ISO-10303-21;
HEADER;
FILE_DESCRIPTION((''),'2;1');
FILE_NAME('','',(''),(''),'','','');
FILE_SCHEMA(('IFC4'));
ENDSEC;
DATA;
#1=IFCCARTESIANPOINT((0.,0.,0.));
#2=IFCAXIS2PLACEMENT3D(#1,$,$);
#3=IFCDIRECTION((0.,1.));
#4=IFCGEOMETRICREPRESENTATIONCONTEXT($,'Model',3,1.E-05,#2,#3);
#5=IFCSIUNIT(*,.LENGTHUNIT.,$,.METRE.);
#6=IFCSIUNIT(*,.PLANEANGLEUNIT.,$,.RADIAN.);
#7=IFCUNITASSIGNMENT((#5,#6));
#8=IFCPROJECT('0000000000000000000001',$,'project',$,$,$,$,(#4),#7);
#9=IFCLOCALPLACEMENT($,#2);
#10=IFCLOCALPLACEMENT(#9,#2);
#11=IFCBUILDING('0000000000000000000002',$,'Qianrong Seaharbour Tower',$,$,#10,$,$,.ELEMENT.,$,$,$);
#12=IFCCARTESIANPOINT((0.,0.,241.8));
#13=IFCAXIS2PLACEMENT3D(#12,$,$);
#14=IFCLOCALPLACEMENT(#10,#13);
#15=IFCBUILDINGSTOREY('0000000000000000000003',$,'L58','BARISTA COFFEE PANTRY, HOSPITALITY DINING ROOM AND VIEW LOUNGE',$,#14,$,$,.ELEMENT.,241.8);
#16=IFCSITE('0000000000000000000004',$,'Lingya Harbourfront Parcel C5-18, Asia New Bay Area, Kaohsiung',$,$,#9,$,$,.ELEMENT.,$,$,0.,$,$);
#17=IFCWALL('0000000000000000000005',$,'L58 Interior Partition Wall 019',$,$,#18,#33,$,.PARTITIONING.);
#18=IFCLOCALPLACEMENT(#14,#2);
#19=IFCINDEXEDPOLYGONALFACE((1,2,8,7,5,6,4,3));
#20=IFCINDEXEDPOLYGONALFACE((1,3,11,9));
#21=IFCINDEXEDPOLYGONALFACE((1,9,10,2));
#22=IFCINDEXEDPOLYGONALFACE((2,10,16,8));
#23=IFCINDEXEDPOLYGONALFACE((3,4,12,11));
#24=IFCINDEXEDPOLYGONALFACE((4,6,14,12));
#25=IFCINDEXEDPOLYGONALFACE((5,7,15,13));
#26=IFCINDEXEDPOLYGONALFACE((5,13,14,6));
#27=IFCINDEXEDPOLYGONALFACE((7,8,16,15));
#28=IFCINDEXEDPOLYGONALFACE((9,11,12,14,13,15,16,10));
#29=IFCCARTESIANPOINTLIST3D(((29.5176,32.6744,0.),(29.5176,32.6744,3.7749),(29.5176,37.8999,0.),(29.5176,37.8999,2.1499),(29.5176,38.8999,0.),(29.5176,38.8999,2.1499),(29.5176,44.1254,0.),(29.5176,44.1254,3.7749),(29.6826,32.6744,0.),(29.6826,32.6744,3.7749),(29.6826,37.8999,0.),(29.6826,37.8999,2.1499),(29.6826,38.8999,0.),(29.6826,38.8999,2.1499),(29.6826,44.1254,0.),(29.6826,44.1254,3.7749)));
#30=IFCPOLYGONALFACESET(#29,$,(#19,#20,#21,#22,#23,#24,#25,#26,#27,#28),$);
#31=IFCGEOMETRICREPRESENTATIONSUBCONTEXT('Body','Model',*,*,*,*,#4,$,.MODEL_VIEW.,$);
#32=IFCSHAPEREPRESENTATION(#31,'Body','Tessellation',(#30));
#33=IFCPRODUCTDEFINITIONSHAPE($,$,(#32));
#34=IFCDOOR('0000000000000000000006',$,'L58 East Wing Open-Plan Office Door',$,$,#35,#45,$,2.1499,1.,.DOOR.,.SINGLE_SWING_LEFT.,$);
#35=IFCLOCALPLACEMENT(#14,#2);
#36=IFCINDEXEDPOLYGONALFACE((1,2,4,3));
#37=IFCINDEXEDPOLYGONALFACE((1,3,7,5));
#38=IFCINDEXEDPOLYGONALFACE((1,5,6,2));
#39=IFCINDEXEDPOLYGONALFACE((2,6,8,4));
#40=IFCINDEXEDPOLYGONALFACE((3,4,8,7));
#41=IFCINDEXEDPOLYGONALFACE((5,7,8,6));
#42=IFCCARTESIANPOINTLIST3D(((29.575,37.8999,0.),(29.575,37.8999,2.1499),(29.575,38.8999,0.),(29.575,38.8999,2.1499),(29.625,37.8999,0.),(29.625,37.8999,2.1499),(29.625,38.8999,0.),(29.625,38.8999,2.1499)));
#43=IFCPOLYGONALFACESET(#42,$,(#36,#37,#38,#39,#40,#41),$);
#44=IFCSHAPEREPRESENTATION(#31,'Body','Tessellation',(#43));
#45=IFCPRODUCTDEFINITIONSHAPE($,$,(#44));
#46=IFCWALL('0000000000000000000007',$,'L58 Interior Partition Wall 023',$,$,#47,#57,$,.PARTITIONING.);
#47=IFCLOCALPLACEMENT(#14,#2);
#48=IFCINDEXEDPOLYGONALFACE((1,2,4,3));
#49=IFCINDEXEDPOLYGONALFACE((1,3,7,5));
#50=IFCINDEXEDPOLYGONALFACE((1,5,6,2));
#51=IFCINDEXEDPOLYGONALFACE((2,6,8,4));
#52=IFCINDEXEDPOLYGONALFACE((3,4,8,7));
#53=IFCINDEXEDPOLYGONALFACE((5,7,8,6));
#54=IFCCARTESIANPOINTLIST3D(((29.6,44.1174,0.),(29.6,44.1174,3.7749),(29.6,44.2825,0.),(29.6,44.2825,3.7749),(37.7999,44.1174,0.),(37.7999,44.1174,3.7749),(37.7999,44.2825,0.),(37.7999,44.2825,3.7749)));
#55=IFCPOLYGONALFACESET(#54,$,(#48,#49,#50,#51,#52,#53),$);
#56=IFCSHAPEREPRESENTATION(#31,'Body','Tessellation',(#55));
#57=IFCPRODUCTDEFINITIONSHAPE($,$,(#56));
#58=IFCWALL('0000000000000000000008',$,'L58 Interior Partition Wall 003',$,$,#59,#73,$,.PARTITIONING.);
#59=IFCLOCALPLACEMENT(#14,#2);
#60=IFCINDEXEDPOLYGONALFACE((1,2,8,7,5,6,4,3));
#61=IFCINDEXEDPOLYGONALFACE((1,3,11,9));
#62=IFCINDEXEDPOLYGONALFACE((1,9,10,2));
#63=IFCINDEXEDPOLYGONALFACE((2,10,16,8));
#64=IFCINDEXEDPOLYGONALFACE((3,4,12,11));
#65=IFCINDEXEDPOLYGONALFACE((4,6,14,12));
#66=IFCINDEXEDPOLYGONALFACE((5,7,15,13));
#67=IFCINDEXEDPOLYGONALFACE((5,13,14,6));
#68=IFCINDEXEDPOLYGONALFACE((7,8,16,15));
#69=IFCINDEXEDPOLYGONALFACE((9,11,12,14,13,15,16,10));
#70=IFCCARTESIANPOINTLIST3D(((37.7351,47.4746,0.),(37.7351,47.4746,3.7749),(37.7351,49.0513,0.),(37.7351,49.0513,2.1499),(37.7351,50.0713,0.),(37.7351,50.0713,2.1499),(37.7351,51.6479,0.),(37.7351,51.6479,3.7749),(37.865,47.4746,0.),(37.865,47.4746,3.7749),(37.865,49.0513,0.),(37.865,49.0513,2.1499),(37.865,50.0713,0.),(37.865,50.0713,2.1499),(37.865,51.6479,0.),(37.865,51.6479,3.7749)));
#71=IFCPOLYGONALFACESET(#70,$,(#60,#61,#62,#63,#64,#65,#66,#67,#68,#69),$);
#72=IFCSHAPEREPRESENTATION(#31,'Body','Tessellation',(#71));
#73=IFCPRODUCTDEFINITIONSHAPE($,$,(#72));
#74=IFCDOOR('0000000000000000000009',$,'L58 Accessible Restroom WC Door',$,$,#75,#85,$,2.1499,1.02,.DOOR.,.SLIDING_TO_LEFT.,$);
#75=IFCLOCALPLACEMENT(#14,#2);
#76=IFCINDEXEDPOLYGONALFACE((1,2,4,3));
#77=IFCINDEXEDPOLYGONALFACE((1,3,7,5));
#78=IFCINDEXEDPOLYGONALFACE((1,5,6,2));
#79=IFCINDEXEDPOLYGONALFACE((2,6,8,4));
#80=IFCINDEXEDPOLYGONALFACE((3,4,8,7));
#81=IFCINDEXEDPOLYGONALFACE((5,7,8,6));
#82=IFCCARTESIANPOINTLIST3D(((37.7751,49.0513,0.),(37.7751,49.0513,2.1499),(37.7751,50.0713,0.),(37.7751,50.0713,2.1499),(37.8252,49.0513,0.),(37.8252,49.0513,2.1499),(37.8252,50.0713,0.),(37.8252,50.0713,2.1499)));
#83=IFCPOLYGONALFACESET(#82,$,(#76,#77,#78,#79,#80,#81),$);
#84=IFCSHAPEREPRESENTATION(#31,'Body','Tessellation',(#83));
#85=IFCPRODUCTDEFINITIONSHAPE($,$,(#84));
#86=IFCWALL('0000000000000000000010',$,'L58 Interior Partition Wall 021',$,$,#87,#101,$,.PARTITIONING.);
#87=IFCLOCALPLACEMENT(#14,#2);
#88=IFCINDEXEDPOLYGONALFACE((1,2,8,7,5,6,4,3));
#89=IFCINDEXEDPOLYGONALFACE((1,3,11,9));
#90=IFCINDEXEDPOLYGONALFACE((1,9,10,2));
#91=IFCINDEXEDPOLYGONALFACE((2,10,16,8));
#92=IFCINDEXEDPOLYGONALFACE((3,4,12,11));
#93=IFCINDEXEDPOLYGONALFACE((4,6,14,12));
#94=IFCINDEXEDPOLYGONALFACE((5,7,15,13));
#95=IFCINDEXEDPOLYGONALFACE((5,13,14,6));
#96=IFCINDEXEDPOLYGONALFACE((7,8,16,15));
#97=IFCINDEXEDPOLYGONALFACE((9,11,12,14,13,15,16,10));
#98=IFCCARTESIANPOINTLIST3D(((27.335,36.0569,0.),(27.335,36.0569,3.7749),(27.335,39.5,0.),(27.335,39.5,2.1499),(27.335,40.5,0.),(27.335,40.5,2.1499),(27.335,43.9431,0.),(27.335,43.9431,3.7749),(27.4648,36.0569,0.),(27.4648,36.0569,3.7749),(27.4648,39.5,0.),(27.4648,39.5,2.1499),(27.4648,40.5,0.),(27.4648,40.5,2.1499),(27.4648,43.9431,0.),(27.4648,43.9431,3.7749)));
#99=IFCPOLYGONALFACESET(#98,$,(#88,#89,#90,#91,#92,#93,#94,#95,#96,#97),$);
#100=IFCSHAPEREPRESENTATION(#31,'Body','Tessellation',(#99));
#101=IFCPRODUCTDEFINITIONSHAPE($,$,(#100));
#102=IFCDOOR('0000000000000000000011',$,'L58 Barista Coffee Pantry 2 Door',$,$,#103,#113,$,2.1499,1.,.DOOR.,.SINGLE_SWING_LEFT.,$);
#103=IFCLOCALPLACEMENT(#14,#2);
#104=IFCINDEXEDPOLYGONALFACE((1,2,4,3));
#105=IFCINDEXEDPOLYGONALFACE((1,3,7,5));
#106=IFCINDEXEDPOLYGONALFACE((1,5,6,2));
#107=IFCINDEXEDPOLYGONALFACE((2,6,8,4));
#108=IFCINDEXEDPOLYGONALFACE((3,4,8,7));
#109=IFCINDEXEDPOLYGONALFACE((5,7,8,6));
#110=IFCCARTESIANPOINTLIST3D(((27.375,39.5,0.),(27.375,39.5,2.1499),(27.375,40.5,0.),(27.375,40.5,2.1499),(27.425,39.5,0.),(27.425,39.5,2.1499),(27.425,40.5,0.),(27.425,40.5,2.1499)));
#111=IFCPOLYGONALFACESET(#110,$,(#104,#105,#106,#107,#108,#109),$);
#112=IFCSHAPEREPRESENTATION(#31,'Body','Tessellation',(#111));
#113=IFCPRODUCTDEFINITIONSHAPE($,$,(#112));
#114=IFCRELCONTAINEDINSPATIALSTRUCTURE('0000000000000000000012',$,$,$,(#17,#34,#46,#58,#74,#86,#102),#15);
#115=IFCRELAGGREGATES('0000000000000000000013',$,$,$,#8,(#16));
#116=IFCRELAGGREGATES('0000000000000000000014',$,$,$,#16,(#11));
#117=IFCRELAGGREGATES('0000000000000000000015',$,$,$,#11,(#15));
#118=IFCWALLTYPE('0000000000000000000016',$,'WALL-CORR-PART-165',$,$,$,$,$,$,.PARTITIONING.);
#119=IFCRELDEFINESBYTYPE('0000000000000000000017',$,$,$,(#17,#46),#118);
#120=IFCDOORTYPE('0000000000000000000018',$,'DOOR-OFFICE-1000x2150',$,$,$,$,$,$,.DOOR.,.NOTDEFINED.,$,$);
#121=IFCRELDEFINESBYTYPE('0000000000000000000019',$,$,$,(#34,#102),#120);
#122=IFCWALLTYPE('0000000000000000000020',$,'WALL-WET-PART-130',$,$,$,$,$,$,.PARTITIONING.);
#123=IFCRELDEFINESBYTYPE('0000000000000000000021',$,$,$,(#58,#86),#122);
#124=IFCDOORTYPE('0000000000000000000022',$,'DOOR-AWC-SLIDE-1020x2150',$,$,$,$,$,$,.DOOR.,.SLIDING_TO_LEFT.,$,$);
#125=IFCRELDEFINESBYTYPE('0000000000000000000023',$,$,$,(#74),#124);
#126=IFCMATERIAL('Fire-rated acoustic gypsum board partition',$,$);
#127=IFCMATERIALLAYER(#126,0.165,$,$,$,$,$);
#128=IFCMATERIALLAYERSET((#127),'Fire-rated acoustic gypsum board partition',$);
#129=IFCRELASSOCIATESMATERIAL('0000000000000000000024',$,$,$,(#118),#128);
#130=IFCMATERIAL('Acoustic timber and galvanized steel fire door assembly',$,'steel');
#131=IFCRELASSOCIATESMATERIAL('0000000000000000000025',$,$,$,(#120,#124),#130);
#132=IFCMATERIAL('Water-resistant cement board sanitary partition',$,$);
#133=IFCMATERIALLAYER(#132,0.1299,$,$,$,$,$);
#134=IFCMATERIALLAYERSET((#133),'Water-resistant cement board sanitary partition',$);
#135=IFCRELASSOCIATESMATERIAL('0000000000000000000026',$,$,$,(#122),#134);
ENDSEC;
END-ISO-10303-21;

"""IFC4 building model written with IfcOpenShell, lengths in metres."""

from ifc_helpers import new_model, si_unit, direction, frame, frame_2d, origin, place, context, subcontext, project, spatial, rectangle, extrude, material, layer, layer_set, type_object, element, fill, save


model = new_model("IFC4")

# Units and contexts
model_context = context("Model", 3, precision=1e-05, world=origin(), true_north=direction((0.0, 1.0)))
body_context = subcontext(model_context, "Body", "Model", "MODEL_VIEW")
ifc_project = project(units=[si_unit("LENGTHUNIT", "METRE"), si_unit("PLANEANGLEUNIT", "RADIAN")], contexts=[model_context])

# Site, building, storey
site_placement = place(None, origin())
site = spatial("IfcSite", under=ifc_project, at=site_placement, Name="Lingya Harbourfront Parcel C5-18, Asia New Bay Area, Kaohsiung", CompositionType="ELEMENT", RefElevation=0.0)
building_placement = place(site_placement, origin())
building = spatial("IfcBuilding", under=site, at=building_placement, Name="Qianrong Seaharbour Tower", CompositionType="ELEMENT")
storey_placement = place(building_placement, frame((0.0, 0.0, 241.8)))
storey = spatial("IfcBuildingStorey", under=building, at=storey_placement, Name="L58", Description="BARISTA COFFEE PANTRY, HOSPITALITY DINING ROOM AND VIEW LOUNGE", CompositionType="ELEMENT", Elevation=241.8)

# Wall, opening, door
ifc_material_1 = material(Name="Fire-rated acoustic gypsum board partition")
ifc_layer_1 = layer(ifc_material_1, 0.165)
ifc_layer_set_1 = layer_set([ifc_layer_1], Name="Fire-rated acoustic gypsum board partition")
wall_type_1 = type_object("IfcWallType", Name="WALL-CORR-PART-165", PredefinedType="PARTITIONING", material=ifc_layer_set_1)
ifc_material_2 = material(Name="Acoustic timber and galvanized steel fire door assembly", Category="steel")
wall_1_placement = place(storey_placement, frame((29.6001, 44.1255, 0.0), z_axis=(0.0, 0.0, 1.0), x_axis=(0.0, -1.0, 0.0)))
wall_1 = element("IfcWall", 1, at=wall_1_placement, inside=storey, type_object=wall_type_1, Name="L58 Interior Partition Wall 019", PredefinedType="PARTITIONING", context=body_context, shape_type="SweptSolid", body=[
    extrude(rectangle(XDim=11.4509, YDim=0.165, at=frame_2d((5.7256, 0.0))), origin(), (0.0, 0.0, 1.0), 3.7749),
])
opening_1_placement = place(wall_1_placement, frame((5.2256, 0.0, 0.0)))
opening_1 = element("IfcOpeningElement", 2, at=opening_1_placement, cuts=wall_1, PredefinedType="OPENING", context=body_context, shape_type="SweptSolid", body=[
    extrude(rectangle(XDim=1.0, YDim=2.1499, at=frame_2d((0.5, 1.075))), frame((0.0, 0.0925, 0.0), z_axis=(0.0, -1.0, 0.0), x_axis=(1.0, 0.0, 0.0)), (0.0, 0.0, 1.0), 0.1851),
])
door_type_1 = type_object("IfcDoorType", Name="DOOR-OFFICE-1000x2150", OperationType="NOTDEFINED", PredefinedType="DOOR", material=ifc_material_2)
door_1_placement = place(opening_1_placement, origin())
door_1 = element("IfcDoor", 3, at=door_1_placement, inside=storey, type_object=door_type_1, Name="L58 East Wing Open-Plan Office Door", OperationType="SINGLE_SWING_LEFT", OverallHeight=2.1499, OverallWidth=1.0, PredefinedType="DOOR", context=body_context, shape_type="SweptSolid", body=[
    extrude(rectangle(XDim=1.0, YDim=2.1499, at=frame_2d((0.5, 1.075))), frame((0.0, 0.0249, 0.0), z_axis=(0.0, -1.0, 0.0), x_axis=(1.0, 0.0, 0.0)), (0.0, 0.0, 1.0), 0.05),
])
fill(opening_1, door_1)

# Wall
wall_2_placement = place(storey_placement, frame((37.8, 44.2, 0.0), z_axis=(0.0, 0.0, 1.0), x_axis=(-1.0, 0.0, 0.0)))
element("IfcWall", 4, at=wall_2_placement, inside=storey, type_object=wall_type_1, Name="L58 Interior Partition Wall 023", PredefinedType="PARTITIONING", context=body_context, shape_type="SweptSolid", body=[
    extrude(rectangle(XDim=8.2, YDim=0.165, at=frame_2d((4.1001, 0.0))), origin(), (0.0, 0.0, 1.0), 3.7749),
])

# Walls, openings, doors
ifc_material_3 = material(Name="Water-resistant cement board sanitary partition")
ifc_layer_2 = layer(ifc_material_3, 0.1299)
ifc_layer_set_2 = layer_set([ifc_layer_2], Name="Water-resistant cement board sanitary partition")
wall_type_2 = type_object("IfcWallType", Name="WALL-WET-PART-130", PredefinedType="PARTITIONING", material=ifc_layer_set_2)
wall_3_placement = place(storey_placement, frame((37.8, 47.4746, 0.0), z_axis=(0.0, 0.0, 1.0), x_axis=(0.0, 1.0, 0.0)))
wall_3 = element("IfcWall", 5, at=wall_3_placement, inside=storey, type_object=wall_type_2, Name="L58 Interior Partition Wall 003", PredefinedType="PARTITIONING", context=body_context, shape_type="SweptSolid", body=[
    extrude(rectangle(XDim=4.1733, YDim=0.1299, at=frame_2d((2.0867, 0.0))), origin(), (0.0, 0.0, 1.0), 3.7749),
])
opening_2_placement = place(wall_3_placement, frame((1.5767, 0.0, 0.0)))
opening_2 = element("IfcOpeningElement", 6, at=opening_2_placement, cuts=wall_3, PredefinedType="OPENING", context=body_context, shape_type="SweptSolid", body=[
    extrude(rectangle(XDim=1.02, YDim=2.1499, at=frame_2d((0.51, 1.075))), frame((0.0, 0.075, 0.0), z_axis=(0.0, -1.0, 0.0), x_axis=(1.0, 0.0, 0.0)), (0.0, 0.0, 1.0), 0.1499),
])
door_type_2 = type_object("IfcDoorType", Name="DOOR-AWC-SLIDE-1020x2150", OperationType="SLIDING_TO_LEFT", PredefinedType="DOOR", material=ifc_material_2)
door_2_placement = place(opening_2_placement, origin())
door_2 = element("IfcDoor", 7, at=door_2_placement, inside=storey, type_object=door_type_2, Name="L58 Accessible Restroom WC Door", OperationType="SLIDING_TO_LEFT", OverallHeight=2.1499, OverallWidth=1.02, PredefinedType="DOOR", context=body_context, shape_type="SweptSolid", body=[
    extrude(rectangle(XDim=1.02, YDim=2.1499, at=frame_2d((0.51, 1.075))), frame((0.0, 0.0249, 0.0), z_axis=(0.0, -1.0, 0.0), x_axis=(1.0, 0.0, 0.0)), (0.0, 0.0, 1.0), 0.05),
])
fill(opening_2, door_2)
wall_4_placement = place(storey_placement, frame((27.3999, 36.0569, 0.0), z_axis=(0.0, 0.0, 1.0), x_axis=(0.0, 1.0, 0.0)))
wall_4 = element("IfcWall", 8, at=wall_4_placement, inside=storey, type_object=wall_type_2, Name="L58 Interior Partition Wall 021", PredefinedType="PARTITIONING", context=body_context, shape_type="SweptSolid", body=[
    extrude(rectangle(XDim=7.8862, YDim=0.1299, at=frame_2d((3.9431, 0.0))), origin(), (0.0, 0.0, 1.0), 3.7749),
])
opening_3_placement = place(wall_4_placement, frame((3.4431, 0.0, 0.0)))
opening_3 = element("IfcOpeningElement", 9, at=opening_3_placement, cuts=wall_4, PredefinedType="OPENING", context=body_context, shape_type="SweptSolid", body=[
    extrude(rectangle(XDim=1.0, YDim=2.1499, at=frame_2d((0.5, 1.075))), frame((0.0, 0.075, 0.0), z_axis=(0.0, -1.0, 0.0), x_axis=(1.0, 0.0, 0.0)), (0.0, 0.0, 1.0), 0.1499),
])
door_3_placement = place(opening_3_placement, origin())
door_3 = element("IfcDoor", 10, at=door_3_placement, inside=storey, type_object=door_type_1, Name="L58 Barista Coffee Pantry 2 Door", OperationType="SINGLE_SWING_LEFT", OverallHeight=2.1499, OverallWidth=1.0, PredefinedType="DOOR", context=body_context, shape_type="SweptSolid", body=[
    extrude(rectangle(XDim=1.0, YDim=2.1499, at=frame_2d((0.5, 1.075))), frame((0.0, 0.0249, 0.0), z_axis=(0.0, -1.0, 0.0), x_axis=(1.0, 0.0, 0.0)), (0.0, 0.0, 1.0), 0.05),
])
fill(opening_3, door_3)

save(model, "model.ifc")
